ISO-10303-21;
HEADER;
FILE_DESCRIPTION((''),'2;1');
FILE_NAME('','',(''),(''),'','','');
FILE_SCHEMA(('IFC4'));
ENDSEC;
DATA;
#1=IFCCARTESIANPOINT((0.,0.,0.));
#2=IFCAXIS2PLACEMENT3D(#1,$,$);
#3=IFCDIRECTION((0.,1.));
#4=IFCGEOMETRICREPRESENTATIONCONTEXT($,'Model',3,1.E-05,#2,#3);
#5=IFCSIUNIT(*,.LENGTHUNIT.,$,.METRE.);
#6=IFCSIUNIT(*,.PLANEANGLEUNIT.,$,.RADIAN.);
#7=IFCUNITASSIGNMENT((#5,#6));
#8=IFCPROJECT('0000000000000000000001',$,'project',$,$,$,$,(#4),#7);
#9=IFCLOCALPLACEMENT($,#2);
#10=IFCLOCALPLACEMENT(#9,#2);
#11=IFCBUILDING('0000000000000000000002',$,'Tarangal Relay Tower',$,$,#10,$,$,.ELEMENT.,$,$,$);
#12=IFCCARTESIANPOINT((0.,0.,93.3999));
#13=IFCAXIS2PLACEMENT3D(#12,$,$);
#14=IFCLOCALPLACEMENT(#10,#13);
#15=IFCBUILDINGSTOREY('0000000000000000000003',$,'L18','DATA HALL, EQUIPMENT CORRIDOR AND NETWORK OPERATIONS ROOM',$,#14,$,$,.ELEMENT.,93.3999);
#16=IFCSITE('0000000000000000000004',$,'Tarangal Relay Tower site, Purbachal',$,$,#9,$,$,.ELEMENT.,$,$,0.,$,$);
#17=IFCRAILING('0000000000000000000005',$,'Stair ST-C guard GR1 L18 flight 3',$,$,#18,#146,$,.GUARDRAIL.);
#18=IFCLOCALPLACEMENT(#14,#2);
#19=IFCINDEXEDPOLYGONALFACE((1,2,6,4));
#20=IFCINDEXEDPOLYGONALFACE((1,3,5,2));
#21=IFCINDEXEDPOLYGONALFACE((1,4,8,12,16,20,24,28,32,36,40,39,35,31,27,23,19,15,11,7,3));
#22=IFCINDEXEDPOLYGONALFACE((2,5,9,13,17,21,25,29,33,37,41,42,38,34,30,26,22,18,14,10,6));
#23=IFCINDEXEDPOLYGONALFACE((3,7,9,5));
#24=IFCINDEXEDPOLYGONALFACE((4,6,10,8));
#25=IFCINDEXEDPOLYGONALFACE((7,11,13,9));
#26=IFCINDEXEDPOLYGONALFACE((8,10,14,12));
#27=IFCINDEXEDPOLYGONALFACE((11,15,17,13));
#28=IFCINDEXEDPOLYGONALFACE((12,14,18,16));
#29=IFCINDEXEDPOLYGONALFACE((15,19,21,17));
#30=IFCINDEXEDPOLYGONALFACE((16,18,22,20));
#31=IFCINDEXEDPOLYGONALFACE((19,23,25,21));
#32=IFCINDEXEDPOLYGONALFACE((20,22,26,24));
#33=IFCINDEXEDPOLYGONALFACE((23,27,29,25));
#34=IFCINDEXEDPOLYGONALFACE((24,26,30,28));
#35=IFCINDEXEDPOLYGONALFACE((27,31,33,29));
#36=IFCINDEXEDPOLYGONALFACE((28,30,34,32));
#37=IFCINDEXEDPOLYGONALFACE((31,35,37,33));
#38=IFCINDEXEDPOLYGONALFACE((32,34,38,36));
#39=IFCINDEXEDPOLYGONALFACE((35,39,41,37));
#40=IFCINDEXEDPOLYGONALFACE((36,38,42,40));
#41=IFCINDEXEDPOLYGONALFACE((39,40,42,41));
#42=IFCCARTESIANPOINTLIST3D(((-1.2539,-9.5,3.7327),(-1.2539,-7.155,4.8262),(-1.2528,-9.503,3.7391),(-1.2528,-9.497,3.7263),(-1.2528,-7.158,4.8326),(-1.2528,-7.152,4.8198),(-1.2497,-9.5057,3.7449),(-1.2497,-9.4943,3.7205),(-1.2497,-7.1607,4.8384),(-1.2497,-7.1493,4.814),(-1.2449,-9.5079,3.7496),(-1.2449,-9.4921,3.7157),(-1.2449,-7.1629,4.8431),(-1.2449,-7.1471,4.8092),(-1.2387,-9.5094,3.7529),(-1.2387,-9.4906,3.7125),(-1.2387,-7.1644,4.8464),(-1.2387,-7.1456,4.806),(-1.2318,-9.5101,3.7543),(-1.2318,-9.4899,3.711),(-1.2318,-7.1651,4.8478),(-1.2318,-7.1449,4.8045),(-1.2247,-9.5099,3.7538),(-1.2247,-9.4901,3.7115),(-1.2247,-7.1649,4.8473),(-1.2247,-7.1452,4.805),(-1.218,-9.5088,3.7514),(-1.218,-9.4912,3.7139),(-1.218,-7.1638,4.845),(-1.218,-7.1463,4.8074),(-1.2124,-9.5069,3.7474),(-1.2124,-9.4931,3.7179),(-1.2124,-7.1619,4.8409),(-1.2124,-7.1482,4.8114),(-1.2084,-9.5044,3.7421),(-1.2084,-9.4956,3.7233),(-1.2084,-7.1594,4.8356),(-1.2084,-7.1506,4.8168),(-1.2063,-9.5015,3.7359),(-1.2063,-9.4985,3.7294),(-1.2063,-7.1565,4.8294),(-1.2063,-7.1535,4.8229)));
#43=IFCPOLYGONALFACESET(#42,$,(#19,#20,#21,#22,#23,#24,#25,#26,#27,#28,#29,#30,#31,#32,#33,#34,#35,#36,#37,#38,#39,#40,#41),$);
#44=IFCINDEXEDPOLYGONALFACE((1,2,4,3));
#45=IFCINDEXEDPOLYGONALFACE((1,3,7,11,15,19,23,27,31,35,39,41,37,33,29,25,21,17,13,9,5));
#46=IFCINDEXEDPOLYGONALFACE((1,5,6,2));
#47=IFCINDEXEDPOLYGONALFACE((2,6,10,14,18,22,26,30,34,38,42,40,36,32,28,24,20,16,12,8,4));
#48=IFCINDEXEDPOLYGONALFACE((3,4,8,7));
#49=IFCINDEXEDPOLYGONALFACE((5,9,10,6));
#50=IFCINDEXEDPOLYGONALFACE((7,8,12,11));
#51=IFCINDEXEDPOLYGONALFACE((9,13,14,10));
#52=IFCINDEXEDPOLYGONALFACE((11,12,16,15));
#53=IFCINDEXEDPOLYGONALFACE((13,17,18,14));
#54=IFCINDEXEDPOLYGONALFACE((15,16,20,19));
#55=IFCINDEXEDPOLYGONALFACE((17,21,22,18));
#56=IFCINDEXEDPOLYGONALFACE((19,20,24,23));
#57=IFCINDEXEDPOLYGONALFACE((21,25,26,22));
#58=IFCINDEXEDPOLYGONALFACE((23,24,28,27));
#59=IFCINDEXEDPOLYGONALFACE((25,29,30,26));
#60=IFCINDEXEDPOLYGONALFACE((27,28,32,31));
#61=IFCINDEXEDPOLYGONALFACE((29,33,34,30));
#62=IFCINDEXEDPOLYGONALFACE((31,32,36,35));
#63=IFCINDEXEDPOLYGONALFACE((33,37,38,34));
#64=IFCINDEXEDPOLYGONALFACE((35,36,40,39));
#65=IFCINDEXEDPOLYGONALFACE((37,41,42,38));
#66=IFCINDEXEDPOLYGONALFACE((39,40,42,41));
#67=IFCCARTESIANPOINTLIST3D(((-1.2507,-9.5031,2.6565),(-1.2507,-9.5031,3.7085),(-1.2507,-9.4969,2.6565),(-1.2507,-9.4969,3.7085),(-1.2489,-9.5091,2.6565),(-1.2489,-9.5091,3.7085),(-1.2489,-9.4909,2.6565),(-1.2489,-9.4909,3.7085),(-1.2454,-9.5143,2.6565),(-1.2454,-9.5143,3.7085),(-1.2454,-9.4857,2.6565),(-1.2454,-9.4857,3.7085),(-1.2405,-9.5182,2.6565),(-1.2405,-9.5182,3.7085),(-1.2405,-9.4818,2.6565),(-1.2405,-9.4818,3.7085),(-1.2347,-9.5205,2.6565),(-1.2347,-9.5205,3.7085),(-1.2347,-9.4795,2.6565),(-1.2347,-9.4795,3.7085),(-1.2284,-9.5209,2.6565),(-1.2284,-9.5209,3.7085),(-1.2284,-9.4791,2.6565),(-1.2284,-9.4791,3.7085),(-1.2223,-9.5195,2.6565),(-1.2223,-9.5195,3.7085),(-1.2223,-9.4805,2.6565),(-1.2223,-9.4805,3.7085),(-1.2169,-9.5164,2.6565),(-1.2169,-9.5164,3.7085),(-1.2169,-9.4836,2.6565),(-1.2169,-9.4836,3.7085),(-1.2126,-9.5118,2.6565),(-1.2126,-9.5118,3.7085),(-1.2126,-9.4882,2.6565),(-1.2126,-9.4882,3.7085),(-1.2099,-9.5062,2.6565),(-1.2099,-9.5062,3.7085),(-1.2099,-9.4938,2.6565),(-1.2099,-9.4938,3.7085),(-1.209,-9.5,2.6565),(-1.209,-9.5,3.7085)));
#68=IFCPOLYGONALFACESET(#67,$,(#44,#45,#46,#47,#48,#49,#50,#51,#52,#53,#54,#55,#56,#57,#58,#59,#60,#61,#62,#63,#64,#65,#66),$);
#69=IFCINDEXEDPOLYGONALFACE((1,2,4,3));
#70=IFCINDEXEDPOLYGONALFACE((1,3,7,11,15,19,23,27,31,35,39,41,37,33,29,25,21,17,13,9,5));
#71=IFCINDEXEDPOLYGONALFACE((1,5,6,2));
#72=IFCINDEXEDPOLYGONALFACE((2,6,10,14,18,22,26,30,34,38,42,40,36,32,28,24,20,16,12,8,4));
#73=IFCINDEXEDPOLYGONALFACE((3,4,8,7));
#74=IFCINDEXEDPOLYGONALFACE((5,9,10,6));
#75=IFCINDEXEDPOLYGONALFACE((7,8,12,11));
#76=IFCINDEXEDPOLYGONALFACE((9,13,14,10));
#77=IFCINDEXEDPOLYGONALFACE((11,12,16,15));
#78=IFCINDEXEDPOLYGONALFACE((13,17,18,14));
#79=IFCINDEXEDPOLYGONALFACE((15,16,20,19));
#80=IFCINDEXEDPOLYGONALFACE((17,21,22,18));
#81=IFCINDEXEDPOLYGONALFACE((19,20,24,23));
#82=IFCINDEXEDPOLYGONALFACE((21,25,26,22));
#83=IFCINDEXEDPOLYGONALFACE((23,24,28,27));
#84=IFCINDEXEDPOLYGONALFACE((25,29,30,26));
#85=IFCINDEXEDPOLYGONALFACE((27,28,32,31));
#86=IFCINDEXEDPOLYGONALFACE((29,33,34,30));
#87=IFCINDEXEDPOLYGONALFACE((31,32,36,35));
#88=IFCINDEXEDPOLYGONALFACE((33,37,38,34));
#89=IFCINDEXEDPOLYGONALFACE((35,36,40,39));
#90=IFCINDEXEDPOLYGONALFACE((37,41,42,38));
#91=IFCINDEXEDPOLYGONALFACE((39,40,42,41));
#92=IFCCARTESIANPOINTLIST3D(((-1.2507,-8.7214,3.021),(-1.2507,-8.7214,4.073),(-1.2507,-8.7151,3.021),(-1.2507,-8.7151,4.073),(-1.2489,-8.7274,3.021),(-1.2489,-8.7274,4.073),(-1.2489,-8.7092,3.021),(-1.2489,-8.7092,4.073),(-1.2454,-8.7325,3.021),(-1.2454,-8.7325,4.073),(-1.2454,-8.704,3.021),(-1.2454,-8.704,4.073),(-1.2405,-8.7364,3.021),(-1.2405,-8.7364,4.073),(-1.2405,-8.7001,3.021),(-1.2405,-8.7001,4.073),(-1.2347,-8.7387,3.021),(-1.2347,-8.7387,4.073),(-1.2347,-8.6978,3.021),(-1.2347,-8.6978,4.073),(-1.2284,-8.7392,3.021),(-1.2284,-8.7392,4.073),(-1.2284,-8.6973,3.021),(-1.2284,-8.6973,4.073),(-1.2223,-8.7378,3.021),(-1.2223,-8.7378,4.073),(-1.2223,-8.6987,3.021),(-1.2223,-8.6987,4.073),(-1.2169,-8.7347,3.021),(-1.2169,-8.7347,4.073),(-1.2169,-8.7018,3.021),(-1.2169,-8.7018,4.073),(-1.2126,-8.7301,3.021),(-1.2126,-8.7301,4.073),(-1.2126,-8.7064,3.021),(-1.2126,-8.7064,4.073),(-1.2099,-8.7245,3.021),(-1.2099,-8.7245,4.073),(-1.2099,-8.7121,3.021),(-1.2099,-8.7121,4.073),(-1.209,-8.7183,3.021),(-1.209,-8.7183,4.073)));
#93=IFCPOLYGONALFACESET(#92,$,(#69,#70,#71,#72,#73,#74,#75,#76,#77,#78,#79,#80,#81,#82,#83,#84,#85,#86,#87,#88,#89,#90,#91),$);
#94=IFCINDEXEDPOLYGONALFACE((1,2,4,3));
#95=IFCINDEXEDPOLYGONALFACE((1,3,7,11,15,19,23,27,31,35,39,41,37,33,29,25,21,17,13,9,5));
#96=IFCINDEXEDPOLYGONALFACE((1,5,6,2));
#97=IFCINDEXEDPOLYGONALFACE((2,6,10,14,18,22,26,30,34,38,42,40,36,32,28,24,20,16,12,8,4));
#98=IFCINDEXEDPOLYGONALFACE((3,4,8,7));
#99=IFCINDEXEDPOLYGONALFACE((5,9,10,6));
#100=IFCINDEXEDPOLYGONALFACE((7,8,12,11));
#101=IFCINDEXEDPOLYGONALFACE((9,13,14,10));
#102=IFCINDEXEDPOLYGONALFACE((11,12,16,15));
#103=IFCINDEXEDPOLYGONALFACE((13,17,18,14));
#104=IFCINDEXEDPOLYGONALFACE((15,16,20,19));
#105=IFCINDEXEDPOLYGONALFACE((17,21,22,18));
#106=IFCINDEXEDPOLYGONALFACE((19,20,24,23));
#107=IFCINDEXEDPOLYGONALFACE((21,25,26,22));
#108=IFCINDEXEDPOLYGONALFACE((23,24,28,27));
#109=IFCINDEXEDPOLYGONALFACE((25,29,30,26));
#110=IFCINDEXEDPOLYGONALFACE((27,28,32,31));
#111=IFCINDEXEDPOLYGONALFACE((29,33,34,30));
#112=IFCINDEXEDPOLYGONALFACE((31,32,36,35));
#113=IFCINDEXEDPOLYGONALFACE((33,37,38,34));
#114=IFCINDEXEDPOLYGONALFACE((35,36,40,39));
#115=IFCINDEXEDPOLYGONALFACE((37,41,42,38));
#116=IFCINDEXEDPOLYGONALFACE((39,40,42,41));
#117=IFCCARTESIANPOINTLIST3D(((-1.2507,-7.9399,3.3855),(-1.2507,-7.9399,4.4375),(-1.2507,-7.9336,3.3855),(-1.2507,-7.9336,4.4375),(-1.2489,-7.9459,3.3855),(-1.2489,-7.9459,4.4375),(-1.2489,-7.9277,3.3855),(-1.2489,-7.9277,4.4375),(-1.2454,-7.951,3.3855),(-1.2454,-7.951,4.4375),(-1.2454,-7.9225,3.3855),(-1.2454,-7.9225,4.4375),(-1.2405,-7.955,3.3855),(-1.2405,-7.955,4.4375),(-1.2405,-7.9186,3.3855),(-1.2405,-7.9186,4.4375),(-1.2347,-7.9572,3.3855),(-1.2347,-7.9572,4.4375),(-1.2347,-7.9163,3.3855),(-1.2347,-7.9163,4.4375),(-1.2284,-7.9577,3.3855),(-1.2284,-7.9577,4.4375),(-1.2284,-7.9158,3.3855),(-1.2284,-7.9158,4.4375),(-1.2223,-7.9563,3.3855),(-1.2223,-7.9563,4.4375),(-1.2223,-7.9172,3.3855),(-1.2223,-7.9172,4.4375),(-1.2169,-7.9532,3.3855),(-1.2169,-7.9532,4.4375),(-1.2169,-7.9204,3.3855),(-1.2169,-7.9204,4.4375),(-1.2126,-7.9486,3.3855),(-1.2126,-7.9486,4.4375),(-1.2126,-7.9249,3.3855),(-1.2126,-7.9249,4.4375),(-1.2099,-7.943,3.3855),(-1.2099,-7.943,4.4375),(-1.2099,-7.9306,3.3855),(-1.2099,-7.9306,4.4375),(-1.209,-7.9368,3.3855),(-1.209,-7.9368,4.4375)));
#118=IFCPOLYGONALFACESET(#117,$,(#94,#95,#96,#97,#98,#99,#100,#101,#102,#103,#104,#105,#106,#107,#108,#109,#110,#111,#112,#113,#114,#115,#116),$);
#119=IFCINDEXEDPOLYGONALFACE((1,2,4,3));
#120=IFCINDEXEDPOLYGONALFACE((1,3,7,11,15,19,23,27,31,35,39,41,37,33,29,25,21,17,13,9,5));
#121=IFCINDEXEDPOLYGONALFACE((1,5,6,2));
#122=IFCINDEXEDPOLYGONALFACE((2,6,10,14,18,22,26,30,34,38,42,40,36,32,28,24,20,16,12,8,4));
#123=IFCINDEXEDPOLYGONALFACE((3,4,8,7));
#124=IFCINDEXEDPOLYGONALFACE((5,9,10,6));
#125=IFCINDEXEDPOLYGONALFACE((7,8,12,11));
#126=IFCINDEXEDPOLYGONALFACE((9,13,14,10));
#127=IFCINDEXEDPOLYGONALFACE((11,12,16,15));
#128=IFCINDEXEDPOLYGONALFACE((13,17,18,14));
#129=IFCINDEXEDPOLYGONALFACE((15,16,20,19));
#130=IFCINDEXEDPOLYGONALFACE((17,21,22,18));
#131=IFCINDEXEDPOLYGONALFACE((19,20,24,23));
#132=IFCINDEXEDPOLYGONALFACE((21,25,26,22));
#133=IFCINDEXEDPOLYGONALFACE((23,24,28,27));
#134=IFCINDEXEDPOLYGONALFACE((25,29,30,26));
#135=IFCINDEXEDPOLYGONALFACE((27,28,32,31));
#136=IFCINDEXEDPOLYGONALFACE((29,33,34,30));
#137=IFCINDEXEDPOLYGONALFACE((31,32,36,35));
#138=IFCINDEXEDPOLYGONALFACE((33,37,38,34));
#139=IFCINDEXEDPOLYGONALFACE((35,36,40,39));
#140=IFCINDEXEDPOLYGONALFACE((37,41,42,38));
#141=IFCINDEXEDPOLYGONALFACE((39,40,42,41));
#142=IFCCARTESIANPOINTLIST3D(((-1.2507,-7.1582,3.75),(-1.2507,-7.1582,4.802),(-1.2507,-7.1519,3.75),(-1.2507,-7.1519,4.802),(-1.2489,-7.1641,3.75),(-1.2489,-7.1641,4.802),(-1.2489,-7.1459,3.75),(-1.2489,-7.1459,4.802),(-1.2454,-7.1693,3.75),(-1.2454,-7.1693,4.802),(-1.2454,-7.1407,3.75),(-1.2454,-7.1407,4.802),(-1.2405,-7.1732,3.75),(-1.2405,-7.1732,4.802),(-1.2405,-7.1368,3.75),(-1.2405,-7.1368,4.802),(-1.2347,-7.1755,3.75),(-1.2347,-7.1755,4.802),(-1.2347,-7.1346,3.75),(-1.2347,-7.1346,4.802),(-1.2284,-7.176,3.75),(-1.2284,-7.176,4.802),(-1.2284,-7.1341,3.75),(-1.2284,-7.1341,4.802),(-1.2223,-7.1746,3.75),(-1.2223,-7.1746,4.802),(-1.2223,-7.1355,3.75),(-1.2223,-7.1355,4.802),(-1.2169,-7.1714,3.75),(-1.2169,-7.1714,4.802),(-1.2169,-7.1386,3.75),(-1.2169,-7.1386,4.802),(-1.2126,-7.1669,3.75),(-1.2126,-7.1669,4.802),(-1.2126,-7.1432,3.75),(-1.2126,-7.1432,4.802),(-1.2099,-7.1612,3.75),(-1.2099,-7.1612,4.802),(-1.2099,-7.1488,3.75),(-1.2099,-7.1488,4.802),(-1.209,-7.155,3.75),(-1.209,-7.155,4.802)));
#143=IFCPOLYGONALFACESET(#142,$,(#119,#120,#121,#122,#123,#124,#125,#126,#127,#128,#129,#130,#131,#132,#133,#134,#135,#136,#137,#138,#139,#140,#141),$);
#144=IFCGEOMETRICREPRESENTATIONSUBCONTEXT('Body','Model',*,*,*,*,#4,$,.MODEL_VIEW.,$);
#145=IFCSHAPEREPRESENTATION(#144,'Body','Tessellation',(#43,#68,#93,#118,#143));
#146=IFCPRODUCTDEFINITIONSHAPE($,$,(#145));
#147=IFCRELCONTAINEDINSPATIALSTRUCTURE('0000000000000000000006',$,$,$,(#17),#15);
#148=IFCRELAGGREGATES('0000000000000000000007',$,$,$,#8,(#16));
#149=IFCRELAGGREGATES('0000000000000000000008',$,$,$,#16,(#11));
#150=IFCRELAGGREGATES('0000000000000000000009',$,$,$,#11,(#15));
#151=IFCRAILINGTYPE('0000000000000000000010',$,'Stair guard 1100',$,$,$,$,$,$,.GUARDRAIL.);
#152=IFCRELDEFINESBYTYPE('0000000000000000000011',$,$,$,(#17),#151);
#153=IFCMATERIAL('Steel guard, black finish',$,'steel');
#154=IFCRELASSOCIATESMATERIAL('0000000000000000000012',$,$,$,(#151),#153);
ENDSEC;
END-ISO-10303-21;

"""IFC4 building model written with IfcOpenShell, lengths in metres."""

from ifc_helpers import new_model, si_unit, direction, frame, origin, origin_2d, place, context, subcontext, project, spatial, circle, extrude, material, type_object, element, save


model = new_model("IFC4")

# Units and contexts
model_context = context("Model", 3, precision=1e-05, world=origin(), true_north=direction((0.0, 1.0)))
body_context = subcontext(model_context, "Body", "Model", "MODEL_VIEW")
ifc_project = project(units=[si_unit("LENGTHUNIT", "METRE"), si_unit("PLANEANGLEUNIT", "RADIAN")], contexts=[model_context])

# Site, building, storey
site_placement = place(None, origin())
site = spatial("IfcSite", under=ifc_project, at=site_placement, Name="Tarangal Relay Tower site, Purbachal", CompositionType="ELEMENT", RefElevation=0.0)
building_placement = place(site_placement, origin())
building = spatial("IfcBuilding", under=site, at=building_placement, Name="Tarangal Relay Tower", CompositionType="ELEMENT")
storey_placement = place(building_placement, frame((0.0, 0.0, 93.3999)))
storey = spatial("IfcBuildingStorey", under=building, at=storey_placement, Name="L18", Description="DATA HALL, EQUIPMENT CORRIDOR AND NETWORK OPERATIONS ROOM", CompositionType="ELEMENT", Elevation=93.3999)

# Railing
ifc_material_1 = material(Name="Steel guard, black finish", Category="steel")
railing_type_1 = type_object("IfcRailingType", Name="Stair guard 1100", PredefinedType="GUARDRAIL", material=ifc_material_1)
for number, where, name in (
    (1, (-1.23, -9.5, 2.6565), "Stair ST-C guard GR1 L18 flight 3"),
):
    element("IfcRailing", number, at=place(storey_placement, frame(where)), inside=storey, type_object=railing_type_1, Name=name, PredefinedType="GUARDRAIL", context=body_context, shape_type="SweptSolid", body=[
        extrude(circle(Radius=0.0239, at=origin_2d()), frame((0.0, 0.0, 1.0762), z_axis=(0.0, 0.906304, 0.422627), x_axis=(-1.0, 0.0, 0.0)), (0.0, 0.0, 1.0), 2.5874),
        extrude(circle(Radius=0.021, at=origin_2d()), origin(), (0.0, 0.0, 1.0), 1.052),
        extrude(circle(Radius=0.021, at=origin_2d()), frame((0.0, 0.7817, 0.3645)), (0.0, 0.0, 1.0), 1.052),
        extrude(circle(Radius=0.021, at=origin_2d()), frame((0.0, 1.5632, 0.729)), (0.0, 0.0, 1.0), 1.052),
        extrude(circle(Radius=0.021, at=origin_2d()), frame((0.0, 2.345, 1.0935)), (0.0, 0.0, 1.0), 1.052),
    ])

save(model, "model.ifc")
